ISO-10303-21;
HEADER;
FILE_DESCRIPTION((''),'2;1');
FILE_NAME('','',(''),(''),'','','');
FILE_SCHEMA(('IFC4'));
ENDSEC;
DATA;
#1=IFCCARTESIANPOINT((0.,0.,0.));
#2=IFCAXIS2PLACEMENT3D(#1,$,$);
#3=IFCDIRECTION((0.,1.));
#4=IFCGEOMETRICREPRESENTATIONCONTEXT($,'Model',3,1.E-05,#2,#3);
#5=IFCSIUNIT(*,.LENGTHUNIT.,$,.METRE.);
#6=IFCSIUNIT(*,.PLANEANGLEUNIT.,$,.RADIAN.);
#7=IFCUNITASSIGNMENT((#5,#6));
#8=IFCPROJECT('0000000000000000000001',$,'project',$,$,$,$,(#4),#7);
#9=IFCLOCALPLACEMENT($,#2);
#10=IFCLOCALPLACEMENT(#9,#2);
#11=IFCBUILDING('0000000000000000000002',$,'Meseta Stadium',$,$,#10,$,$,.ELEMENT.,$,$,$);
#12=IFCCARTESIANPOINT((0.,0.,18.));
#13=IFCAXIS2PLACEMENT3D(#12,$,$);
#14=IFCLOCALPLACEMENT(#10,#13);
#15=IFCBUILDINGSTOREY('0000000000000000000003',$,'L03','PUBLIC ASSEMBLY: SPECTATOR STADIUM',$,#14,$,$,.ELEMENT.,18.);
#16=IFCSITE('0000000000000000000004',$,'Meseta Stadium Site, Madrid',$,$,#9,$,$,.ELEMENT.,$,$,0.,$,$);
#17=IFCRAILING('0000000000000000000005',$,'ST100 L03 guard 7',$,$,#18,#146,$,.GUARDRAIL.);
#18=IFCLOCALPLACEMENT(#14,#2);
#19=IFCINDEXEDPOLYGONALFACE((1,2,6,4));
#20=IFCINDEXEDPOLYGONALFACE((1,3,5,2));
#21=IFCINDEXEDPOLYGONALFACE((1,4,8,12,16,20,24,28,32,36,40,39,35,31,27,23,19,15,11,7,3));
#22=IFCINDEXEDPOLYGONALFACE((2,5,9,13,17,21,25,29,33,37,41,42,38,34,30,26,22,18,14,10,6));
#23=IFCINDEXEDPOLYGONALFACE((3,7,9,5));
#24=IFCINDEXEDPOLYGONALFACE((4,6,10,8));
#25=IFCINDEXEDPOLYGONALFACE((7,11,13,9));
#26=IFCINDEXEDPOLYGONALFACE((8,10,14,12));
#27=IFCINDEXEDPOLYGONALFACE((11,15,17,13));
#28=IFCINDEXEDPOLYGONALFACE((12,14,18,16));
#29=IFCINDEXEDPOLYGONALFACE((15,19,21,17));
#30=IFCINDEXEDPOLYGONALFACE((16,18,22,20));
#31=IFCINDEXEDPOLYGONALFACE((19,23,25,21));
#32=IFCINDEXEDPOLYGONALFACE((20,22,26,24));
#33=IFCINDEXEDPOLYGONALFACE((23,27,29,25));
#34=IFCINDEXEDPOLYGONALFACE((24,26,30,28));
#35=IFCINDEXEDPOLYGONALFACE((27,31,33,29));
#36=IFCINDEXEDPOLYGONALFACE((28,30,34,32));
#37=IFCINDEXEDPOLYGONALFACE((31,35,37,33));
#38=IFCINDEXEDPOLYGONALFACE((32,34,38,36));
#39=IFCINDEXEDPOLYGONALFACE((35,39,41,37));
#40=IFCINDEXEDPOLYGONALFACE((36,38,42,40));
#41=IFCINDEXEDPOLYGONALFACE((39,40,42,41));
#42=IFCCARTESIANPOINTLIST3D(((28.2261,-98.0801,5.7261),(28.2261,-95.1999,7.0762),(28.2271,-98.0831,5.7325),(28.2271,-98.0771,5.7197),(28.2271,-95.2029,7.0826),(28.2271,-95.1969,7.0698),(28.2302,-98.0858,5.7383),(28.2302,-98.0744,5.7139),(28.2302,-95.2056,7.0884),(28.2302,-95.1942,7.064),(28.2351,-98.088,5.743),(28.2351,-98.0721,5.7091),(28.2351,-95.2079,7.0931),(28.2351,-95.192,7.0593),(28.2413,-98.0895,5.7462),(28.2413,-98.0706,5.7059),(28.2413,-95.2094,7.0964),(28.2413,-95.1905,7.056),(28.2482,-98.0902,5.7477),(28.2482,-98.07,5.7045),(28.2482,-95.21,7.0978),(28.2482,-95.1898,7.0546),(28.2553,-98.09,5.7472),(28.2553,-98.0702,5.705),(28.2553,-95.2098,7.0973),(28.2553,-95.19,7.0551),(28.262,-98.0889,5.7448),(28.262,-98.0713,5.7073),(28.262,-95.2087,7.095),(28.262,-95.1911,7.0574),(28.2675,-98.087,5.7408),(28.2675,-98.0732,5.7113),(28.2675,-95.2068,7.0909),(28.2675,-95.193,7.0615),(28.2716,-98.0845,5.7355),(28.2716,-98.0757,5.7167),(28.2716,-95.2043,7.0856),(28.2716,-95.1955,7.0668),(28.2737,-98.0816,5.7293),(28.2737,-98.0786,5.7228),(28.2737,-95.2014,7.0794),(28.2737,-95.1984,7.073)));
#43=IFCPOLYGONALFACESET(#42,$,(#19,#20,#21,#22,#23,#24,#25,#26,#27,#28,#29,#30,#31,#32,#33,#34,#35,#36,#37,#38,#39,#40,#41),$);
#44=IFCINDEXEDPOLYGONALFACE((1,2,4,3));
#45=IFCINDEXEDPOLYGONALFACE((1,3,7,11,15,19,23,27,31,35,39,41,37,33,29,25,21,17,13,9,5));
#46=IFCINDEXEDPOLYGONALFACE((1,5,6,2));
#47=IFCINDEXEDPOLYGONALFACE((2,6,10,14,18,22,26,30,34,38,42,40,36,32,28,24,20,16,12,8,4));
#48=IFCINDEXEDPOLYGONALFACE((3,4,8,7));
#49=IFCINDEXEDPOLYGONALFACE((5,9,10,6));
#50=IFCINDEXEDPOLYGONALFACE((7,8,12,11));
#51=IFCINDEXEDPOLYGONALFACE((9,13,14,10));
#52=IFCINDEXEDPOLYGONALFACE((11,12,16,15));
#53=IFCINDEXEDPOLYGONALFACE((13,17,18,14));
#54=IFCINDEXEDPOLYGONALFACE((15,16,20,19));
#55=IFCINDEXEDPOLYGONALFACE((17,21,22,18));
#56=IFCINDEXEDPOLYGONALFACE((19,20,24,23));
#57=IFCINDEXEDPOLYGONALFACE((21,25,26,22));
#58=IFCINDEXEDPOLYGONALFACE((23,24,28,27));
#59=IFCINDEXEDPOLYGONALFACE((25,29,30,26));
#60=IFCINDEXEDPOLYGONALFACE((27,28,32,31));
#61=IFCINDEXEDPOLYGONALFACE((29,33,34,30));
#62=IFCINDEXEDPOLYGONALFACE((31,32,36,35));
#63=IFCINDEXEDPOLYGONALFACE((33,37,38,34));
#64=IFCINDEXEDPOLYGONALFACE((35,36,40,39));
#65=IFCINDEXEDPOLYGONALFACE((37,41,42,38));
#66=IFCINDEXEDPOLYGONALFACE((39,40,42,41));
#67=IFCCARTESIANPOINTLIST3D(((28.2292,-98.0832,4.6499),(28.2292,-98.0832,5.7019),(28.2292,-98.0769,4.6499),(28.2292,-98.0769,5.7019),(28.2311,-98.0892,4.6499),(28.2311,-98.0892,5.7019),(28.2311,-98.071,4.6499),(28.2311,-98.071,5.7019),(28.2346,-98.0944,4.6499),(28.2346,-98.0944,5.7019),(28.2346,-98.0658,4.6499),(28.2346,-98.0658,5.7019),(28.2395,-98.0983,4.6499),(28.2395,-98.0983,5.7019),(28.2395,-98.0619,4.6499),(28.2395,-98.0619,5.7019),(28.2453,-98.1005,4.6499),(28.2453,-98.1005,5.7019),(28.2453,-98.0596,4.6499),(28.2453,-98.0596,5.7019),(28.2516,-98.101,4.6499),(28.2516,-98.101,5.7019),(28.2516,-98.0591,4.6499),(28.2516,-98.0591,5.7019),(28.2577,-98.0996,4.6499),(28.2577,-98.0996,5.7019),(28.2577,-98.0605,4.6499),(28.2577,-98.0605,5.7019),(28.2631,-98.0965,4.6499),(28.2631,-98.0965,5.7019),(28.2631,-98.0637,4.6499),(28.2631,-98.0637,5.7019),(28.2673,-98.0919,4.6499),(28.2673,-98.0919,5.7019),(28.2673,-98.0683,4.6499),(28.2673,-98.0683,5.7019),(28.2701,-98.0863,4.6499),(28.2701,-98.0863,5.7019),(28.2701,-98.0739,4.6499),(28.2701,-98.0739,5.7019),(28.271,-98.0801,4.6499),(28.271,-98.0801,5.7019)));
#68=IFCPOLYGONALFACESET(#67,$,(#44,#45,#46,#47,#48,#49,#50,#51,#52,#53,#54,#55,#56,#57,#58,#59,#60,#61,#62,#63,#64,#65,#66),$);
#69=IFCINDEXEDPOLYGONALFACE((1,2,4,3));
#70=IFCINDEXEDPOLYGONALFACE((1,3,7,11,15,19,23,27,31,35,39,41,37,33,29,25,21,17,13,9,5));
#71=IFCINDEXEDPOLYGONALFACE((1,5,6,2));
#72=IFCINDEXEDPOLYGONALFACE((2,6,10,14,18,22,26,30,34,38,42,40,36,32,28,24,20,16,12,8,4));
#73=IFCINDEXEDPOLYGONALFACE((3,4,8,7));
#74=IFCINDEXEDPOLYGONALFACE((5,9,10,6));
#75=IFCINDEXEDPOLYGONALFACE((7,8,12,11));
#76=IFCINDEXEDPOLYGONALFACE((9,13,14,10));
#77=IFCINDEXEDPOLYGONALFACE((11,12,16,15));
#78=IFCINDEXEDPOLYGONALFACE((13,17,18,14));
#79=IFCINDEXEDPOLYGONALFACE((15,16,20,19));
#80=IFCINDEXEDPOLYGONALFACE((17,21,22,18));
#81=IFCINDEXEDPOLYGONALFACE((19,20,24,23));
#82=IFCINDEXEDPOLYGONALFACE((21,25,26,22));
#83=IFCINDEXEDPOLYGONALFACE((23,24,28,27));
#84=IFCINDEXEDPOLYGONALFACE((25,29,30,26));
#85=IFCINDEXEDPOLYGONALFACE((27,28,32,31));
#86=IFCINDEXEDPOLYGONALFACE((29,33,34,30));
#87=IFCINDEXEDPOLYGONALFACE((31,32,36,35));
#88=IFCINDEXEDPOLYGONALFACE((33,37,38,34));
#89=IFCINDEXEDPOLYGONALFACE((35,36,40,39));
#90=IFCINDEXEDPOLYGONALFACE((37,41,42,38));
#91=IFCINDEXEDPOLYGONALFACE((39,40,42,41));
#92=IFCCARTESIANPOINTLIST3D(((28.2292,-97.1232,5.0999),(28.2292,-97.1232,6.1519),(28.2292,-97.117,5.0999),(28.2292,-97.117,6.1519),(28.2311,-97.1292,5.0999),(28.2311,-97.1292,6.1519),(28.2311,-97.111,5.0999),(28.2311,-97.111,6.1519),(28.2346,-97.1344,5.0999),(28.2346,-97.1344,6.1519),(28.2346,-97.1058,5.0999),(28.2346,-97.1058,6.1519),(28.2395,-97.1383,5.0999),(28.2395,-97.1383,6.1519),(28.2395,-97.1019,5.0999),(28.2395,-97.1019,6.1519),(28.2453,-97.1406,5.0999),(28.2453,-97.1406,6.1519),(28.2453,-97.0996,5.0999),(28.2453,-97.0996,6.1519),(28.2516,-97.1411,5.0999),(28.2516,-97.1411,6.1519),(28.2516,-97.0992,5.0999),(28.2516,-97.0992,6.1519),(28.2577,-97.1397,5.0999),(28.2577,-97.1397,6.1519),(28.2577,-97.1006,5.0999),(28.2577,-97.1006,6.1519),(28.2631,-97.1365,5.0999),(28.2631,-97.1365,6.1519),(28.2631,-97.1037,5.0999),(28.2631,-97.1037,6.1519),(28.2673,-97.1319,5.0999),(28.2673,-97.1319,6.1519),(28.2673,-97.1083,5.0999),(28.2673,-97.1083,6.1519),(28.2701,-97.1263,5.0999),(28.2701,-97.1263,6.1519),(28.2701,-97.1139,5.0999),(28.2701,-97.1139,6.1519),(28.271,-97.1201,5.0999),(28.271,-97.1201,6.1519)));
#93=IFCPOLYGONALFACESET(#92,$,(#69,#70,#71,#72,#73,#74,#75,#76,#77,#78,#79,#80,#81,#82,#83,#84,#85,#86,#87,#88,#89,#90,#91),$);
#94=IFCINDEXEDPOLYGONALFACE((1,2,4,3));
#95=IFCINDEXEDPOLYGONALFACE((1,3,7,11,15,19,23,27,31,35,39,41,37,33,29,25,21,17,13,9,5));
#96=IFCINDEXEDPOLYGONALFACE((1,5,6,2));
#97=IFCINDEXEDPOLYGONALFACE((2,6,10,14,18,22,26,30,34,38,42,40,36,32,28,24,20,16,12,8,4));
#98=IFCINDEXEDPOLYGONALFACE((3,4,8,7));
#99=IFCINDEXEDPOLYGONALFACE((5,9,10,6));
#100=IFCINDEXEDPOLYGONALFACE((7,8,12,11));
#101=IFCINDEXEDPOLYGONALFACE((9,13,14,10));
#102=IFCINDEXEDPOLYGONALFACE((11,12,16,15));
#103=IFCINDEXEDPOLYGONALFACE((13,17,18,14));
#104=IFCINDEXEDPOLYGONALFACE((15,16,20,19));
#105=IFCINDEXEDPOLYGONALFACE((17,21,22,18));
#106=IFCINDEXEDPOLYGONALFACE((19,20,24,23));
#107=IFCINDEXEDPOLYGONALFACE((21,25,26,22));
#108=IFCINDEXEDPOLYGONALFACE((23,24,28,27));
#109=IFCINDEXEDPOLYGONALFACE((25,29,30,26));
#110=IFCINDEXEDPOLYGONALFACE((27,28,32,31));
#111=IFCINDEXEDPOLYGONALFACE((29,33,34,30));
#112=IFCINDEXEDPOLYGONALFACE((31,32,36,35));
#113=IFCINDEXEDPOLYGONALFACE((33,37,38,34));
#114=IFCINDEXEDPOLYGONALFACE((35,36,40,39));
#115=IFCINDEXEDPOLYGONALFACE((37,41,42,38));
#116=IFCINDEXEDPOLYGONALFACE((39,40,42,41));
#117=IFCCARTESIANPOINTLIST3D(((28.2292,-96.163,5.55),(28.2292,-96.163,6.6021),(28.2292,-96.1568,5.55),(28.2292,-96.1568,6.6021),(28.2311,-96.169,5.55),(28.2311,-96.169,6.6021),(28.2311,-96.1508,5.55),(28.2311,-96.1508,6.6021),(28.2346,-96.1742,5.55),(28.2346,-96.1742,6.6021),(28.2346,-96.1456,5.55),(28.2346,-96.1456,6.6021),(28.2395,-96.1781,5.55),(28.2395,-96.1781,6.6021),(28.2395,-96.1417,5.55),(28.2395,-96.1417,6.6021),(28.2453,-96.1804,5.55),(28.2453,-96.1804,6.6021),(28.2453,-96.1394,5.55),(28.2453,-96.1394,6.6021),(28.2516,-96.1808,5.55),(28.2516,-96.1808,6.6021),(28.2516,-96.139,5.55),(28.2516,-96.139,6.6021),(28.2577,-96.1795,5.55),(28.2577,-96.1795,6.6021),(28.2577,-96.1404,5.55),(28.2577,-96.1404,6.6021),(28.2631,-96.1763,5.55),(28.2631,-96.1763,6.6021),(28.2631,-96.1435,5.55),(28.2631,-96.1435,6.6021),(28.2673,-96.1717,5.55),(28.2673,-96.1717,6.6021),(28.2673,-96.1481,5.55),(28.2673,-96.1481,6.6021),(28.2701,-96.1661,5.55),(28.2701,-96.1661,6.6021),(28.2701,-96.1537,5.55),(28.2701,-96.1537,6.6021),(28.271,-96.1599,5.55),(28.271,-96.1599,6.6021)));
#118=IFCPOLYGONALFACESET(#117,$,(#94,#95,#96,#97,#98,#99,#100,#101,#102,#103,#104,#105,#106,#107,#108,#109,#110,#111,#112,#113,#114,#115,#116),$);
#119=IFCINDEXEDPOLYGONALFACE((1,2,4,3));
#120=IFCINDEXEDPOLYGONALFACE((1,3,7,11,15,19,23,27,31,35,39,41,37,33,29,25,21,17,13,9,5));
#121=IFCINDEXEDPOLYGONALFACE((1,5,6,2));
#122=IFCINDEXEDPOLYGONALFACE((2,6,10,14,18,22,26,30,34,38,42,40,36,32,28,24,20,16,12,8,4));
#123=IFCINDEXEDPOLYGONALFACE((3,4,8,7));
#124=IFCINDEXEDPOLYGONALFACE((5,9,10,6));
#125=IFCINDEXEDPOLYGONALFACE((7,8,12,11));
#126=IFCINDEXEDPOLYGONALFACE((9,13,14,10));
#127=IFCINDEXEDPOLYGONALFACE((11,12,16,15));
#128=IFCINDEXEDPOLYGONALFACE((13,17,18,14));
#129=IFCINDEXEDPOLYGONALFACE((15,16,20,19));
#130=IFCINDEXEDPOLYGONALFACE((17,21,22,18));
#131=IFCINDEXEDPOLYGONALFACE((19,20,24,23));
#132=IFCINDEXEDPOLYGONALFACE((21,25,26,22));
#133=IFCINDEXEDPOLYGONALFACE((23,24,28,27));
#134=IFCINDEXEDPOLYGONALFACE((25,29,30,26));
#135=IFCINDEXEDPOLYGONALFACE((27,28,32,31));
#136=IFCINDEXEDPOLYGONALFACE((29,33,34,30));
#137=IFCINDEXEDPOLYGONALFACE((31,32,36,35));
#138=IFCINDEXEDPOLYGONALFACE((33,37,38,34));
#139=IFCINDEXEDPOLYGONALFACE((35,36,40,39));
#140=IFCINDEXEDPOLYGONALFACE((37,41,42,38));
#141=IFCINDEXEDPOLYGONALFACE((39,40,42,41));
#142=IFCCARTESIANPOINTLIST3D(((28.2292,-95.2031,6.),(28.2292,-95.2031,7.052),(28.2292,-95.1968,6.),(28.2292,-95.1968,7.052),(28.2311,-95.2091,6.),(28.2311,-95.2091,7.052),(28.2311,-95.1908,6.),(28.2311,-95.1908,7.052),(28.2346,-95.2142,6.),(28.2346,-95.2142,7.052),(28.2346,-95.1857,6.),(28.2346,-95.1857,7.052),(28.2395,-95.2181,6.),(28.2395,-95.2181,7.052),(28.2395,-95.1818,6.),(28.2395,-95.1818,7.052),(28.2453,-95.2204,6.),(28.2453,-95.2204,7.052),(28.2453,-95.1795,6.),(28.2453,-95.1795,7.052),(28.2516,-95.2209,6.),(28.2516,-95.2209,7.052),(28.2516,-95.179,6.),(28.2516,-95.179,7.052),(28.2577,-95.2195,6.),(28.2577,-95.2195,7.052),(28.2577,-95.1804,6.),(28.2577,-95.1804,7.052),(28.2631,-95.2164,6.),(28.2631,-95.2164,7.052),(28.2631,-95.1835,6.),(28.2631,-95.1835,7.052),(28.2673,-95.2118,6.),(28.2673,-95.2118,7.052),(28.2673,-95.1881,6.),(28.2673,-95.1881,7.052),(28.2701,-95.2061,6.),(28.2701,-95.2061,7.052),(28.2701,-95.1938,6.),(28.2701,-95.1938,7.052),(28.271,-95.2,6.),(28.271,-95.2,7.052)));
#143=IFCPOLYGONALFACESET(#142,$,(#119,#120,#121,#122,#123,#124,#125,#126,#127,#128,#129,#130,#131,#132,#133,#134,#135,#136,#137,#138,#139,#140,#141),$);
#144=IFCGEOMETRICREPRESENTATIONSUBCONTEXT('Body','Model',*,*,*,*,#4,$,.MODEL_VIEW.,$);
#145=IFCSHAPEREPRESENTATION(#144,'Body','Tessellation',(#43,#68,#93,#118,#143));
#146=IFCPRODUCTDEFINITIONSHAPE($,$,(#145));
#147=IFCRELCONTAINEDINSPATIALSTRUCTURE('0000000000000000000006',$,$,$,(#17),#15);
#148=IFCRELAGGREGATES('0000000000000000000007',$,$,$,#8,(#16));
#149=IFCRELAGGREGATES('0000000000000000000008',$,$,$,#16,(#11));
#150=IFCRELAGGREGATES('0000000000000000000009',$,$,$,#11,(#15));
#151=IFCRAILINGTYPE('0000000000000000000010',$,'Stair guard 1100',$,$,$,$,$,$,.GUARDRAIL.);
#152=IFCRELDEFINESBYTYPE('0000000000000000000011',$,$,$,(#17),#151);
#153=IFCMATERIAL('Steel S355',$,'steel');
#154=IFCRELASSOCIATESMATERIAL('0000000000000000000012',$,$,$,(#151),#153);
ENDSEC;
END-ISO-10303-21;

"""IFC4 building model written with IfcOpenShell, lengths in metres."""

from ifc_helpers import new_model, si_unit, direction, frame, origin, origin_2d, place, context, subcontext, project, spatial, circle, extrude, material, type_object, element, save


model = new_model("IFC4")

# Units and contexts
model_context = context("Model", 3, precision=1e-05, world=origin(), true_north=direction((0.0, 1.0)))
body_context = subcontext(model_context, "Body", "Model", "MODEL_VIEW")
ifc_project = project(units=[si_unit("LENGTHUNIT", "METRE"), si_unit("PLANEANGLEUNIT", "RADIAN")], contexts=[model_context])

# Site, building, storey
site_placement = place(None, origin())
site = spatial("IfcSite", under=ifc_project, at=site_placement, Name="Meseta Stadium Site, Madrid", CompositionType="ELEMENT", RefElevation=0.0)
building_placement = place(site_placement, origin())
building = spatial("IfcBuilding", under=site, at=building_placement, Name="Meseta Stadium", CompositionType="ELEMENT")
storey_placement = place(building_placement, frame((0.0, 0.0, 18.0)))
storey = spatial("IfcBuildingStorey", under=building, at=storey_placement, Name="L03", Description="PUBLIC ASSEMBLY: SPECTATOR STADIUM", CompositionType="ELEMENT", Elevation=18.0)

# Railing
ifc_material_1 = material(Name="Steel S355", Category="steel")
railing_type_1 = type_object("IfcRailingType", Name="Stair guard 1100", PredefinedType="GUARDRAIL", material=ifc_material_1)
railing_1_placement = place(storey_placement, frame((28.25, -98.0801, 4.6499)))
element("IfcRailing", 1, at=railing_1_placement, inside=storey, type_object=railing_type_1, Name="ST100 L03 guard 7", PredefinedType="GUARDRAIL", context=body_context, shape_type="SweptSolid", body=[
    extrude(circle(Radius=0.0239, at=origin_2d()), frame((0.0, 0.0, 1.0762), z_axis=(0.0, 0.905454, 0.424444), x_axis=(-1.0, 0.0, 0.0)), (0.0, 0.0, 1.0), 3.1809),
    extrude(circle(Radius=0.021, at=origin_2d()), origin(), (0.0, 0.0, 1.0), 1.052),
    extrude(circle(Radius=0.021, at=origin_2d()), frame((0.0, 0.96, 0.45)), (0.0, 0.0, 1.0), 1.052),
    extrude(circle(Radius=0.021, at=origin_2d()), frame((0.0, 1.9202, 0.9001)), (0.0, 0.0, 1.0), 1.052),
    extrude(circle(Radius=0.021, at=origin_2d()), frame((0.0, 2.8801, 1.3501)), (0.0, 0.0, 1.0), 1.052),
])

save(model, "model.ifc")
